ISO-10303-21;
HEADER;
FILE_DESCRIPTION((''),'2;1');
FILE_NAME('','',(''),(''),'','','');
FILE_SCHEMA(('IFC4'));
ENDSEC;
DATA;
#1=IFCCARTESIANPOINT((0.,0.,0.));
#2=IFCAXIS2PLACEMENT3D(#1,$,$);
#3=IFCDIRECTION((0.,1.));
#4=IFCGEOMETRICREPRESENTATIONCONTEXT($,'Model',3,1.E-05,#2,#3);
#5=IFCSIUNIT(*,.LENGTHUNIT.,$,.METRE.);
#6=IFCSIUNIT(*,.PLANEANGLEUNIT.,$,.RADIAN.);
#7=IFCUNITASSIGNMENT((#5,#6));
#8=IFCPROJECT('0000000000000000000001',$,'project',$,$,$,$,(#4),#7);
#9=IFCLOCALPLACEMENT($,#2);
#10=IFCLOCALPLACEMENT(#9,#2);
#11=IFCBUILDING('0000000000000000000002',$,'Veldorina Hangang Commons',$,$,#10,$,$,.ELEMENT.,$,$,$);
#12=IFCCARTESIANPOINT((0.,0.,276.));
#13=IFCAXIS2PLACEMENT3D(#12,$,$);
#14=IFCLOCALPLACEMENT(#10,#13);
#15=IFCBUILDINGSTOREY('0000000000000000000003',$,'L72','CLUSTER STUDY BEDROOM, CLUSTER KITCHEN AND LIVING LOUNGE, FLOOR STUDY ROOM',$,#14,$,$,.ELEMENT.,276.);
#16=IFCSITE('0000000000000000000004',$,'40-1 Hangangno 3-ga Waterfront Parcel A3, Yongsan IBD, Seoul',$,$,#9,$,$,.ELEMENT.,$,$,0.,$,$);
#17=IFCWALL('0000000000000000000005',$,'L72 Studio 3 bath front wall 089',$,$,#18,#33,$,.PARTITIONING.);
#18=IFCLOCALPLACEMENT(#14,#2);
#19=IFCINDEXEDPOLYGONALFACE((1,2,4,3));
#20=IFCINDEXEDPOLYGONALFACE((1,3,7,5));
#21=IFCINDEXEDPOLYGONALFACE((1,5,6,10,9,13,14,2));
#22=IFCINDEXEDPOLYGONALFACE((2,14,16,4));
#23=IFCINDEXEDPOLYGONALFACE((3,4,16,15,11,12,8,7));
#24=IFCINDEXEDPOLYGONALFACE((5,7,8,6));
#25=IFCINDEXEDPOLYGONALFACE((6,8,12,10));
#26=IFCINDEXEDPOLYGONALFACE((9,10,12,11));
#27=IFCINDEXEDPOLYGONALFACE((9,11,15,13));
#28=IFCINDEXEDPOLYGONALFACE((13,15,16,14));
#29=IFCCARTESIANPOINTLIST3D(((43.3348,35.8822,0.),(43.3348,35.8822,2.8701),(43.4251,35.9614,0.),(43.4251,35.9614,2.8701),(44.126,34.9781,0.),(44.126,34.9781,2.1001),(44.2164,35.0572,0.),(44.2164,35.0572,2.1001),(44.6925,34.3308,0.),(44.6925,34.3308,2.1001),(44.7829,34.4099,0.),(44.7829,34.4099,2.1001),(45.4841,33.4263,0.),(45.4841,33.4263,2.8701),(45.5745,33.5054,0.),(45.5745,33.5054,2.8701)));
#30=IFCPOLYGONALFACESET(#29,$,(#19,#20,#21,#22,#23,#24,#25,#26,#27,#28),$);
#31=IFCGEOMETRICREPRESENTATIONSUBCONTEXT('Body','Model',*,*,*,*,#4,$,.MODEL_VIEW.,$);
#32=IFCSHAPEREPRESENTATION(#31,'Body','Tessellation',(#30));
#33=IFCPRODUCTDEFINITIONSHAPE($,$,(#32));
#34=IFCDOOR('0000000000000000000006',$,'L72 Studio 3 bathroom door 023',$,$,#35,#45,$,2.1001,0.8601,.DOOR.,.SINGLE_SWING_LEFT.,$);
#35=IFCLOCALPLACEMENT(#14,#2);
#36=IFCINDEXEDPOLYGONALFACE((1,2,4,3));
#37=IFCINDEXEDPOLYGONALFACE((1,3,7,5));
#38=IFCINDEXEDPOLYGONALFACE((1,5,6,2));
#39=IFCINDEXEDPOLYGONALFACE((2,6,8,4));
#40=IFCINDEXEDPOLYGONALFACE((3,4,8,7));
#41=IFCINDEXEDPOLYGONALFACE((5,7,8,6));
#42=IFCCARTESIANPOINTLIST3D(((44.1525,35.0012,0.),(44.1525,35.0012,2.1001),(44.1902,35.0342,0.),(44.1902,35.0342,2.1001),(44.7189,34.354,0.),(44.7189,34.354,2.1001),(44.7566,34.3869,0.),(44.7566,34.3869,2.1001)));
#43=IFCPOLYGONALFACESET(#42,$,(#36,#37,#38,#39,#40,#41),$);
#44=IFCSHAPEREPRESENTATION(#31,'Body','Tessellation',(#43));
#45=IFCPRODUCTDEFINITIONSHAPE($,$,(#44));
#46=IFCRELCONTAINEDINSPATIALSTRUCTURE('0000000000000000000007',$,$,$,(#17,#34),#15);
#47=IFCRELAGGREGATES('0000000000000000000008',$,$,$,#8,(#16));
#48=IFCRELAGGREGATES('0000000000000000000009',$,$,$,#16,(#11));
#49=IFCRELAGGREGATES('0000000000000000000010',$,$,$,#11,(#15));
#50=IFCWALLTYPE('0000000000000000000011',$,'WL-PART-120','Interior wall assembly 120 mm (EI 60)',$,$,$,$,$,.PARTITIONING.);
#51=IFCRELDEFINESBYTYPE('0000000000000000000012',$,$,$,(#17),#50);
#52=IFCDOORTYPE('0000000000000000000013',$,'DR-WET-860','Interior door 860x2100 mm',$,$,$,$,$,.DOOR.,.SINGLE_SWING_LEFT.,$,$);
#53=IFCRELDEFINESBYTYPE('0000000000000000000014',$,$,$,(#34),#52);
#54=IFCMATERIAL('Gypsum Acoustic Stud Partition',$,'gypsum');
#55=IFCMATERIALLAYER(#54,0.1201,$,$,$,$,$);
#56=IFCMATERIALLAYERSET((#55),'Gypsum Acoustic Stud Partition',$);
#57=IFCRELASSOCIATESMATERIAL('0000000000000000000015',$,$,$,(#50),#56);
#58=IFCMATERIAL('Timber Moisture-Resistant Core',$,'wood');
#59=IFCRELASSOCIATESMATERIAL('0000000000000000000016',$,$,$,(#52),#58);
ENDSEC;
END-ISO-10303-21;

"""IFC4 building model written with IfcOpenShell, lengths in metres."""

from ifc_helpers import new_model, si_unit, direction, frame, frame_2d, origin, place, context, subcontext, project, spatial, rectangle, extrude, material, layer, layer_set, type_object, element, fill, save


model = new_model("IFC4")

# Units and contexts
model_context = context("Model", 3, precision=1e-05, world=origin(), true_north=direction((0.0, 1.0)))
body_context = subcontext(model_context, "Body", "Model", "MODEL_VIEW")
ifc_project = project(units=[si_unit("LENGTHUNIT", "METRE"), si_unit("PLANEANGLEUNIT", "RADIAN")], contexts=[model_context])

# Site, building, storey
site_placement = place(None, origin())
site = spatial("IfcSite", under=ifc_project, at=site_placement, Name="40-1 Hangangno 3-ga Waterfront Parcel A3, Yongsan IBD, Seoul", CompositionType="ELEMENT", RefElevation=0.0)
building_placement = place(site_placement, origin())
building = spatial("IfcBuilding", under=site, at=building_placement, Name="Veldorina Hangang Commons", CompositionType="ELEMENT")
storey_placement = place(building_placement, frame((0.0, 0.0, 276.0)))
storey = spatial("IfcBuildingStorey", under=building, at=storey_placement, Name="L72", Description="CLUSTER STUDY BEDROOM, CLUSTER KITCHEN AND LIVING LOUNGE, FLOOR STUDY ROOM", CompositionType="ELEMENT", Elevation=276.0)

# Wall, opening, door
ifc_material_1 = material(Name="Gypsum Acoustic Stud Partition", Category="gypsum")
ifc_layer_1 = layer(ifc_material_1, 0.1201)
ifc_layer_set_1 = layer_set([ifc_layer_1], Name="Gypsum Acoustic Stud Partition")
wall_type_1 = type_object("IfcWallType", Name="WL-PART-120", Description="Interior wall assembly 120 mm (EI 60)", PredefinedType="PARTITIONING", material=ifc_layer_set_1)
wall_1_placement = place(storey_placement, frame((45.5293, 33.4658, 0.0), z_axis=(0.0, 0.0, 1.0), x_axis=(-0.658568, 0.752521, 0.0)))
wall_1 = element("IfcWall", 1, at=wall_1_placement, inside=storey, type_object=wall_type_1, Name="L72 Studio 3 bath front wall 089", PredefinedType="PARTITIONING", context=body_context, shape_type="SweptSolid", body=[
    extrude(rectangle(XDim=3.2637, YDim=0.1201, at=frame_2d((1.6318, 0.0))), origin(), (0.0, 0.0, 1.0), 2.8701),
])
opening_1_placement = place(wall_1_placement, frame((1.2019, 0.0, 0.0)))
opening_1 = element("IfcOpeningElement", 2, at=opening_1_placement, cuts=wall_1, PredefinedType="OPENING", context=body_context, shape_type="SweptSolid", body=[
    extrude(rectangle(XDim=0.8601, YDim=2.1001, at=frame_2d((0.4302, 1.05))), frame((0.0, 0.0701, 0.0), z_axis=(0.0, -1.0, 0.0), x_axis=(1.0, 0.0, 0.0)), (0.0, 0.0, 1.0), 0.1401),
])
ifc_material_2 = material(Name="Timber Moisture-Resistant Core", Category="wood")
door_type = type_object("IfcDoorType", Name="DR-WET-860", Description="Interior door 860x2100 mm", OperationType="SINGLE_SWING_LEFT", PredefinedType="DOOR", material=ifc_material_2)
door_placement = place(opening_1_placement, origin())
door = element("IfcDoor", 3, at=door_placement, inside=storey, type_object=door_type, Name="L72 Studio 3 bathroom door 023", OperationType="SINGLE_SWING_LEFT", OverallHeight=2.1001, OverallWidth=0.8601, PredefinedType="DOOR", context=body_context, shape_type="SweptSolid", body=[
    extrude(rectangle(XDim=0.8601, YDim=2.1001, at=frame_2d((0.4302, 1.05))), frame((0.0, 0.0249, 0.0), z_axis=(0.0, -1.0, 0.0), x_axis=(1.0, 0.0, 0.0)), (0.0, 0.0, 1.0), 0.05),
])
fill(opening_1, door)

save(model, "model.ifc")
